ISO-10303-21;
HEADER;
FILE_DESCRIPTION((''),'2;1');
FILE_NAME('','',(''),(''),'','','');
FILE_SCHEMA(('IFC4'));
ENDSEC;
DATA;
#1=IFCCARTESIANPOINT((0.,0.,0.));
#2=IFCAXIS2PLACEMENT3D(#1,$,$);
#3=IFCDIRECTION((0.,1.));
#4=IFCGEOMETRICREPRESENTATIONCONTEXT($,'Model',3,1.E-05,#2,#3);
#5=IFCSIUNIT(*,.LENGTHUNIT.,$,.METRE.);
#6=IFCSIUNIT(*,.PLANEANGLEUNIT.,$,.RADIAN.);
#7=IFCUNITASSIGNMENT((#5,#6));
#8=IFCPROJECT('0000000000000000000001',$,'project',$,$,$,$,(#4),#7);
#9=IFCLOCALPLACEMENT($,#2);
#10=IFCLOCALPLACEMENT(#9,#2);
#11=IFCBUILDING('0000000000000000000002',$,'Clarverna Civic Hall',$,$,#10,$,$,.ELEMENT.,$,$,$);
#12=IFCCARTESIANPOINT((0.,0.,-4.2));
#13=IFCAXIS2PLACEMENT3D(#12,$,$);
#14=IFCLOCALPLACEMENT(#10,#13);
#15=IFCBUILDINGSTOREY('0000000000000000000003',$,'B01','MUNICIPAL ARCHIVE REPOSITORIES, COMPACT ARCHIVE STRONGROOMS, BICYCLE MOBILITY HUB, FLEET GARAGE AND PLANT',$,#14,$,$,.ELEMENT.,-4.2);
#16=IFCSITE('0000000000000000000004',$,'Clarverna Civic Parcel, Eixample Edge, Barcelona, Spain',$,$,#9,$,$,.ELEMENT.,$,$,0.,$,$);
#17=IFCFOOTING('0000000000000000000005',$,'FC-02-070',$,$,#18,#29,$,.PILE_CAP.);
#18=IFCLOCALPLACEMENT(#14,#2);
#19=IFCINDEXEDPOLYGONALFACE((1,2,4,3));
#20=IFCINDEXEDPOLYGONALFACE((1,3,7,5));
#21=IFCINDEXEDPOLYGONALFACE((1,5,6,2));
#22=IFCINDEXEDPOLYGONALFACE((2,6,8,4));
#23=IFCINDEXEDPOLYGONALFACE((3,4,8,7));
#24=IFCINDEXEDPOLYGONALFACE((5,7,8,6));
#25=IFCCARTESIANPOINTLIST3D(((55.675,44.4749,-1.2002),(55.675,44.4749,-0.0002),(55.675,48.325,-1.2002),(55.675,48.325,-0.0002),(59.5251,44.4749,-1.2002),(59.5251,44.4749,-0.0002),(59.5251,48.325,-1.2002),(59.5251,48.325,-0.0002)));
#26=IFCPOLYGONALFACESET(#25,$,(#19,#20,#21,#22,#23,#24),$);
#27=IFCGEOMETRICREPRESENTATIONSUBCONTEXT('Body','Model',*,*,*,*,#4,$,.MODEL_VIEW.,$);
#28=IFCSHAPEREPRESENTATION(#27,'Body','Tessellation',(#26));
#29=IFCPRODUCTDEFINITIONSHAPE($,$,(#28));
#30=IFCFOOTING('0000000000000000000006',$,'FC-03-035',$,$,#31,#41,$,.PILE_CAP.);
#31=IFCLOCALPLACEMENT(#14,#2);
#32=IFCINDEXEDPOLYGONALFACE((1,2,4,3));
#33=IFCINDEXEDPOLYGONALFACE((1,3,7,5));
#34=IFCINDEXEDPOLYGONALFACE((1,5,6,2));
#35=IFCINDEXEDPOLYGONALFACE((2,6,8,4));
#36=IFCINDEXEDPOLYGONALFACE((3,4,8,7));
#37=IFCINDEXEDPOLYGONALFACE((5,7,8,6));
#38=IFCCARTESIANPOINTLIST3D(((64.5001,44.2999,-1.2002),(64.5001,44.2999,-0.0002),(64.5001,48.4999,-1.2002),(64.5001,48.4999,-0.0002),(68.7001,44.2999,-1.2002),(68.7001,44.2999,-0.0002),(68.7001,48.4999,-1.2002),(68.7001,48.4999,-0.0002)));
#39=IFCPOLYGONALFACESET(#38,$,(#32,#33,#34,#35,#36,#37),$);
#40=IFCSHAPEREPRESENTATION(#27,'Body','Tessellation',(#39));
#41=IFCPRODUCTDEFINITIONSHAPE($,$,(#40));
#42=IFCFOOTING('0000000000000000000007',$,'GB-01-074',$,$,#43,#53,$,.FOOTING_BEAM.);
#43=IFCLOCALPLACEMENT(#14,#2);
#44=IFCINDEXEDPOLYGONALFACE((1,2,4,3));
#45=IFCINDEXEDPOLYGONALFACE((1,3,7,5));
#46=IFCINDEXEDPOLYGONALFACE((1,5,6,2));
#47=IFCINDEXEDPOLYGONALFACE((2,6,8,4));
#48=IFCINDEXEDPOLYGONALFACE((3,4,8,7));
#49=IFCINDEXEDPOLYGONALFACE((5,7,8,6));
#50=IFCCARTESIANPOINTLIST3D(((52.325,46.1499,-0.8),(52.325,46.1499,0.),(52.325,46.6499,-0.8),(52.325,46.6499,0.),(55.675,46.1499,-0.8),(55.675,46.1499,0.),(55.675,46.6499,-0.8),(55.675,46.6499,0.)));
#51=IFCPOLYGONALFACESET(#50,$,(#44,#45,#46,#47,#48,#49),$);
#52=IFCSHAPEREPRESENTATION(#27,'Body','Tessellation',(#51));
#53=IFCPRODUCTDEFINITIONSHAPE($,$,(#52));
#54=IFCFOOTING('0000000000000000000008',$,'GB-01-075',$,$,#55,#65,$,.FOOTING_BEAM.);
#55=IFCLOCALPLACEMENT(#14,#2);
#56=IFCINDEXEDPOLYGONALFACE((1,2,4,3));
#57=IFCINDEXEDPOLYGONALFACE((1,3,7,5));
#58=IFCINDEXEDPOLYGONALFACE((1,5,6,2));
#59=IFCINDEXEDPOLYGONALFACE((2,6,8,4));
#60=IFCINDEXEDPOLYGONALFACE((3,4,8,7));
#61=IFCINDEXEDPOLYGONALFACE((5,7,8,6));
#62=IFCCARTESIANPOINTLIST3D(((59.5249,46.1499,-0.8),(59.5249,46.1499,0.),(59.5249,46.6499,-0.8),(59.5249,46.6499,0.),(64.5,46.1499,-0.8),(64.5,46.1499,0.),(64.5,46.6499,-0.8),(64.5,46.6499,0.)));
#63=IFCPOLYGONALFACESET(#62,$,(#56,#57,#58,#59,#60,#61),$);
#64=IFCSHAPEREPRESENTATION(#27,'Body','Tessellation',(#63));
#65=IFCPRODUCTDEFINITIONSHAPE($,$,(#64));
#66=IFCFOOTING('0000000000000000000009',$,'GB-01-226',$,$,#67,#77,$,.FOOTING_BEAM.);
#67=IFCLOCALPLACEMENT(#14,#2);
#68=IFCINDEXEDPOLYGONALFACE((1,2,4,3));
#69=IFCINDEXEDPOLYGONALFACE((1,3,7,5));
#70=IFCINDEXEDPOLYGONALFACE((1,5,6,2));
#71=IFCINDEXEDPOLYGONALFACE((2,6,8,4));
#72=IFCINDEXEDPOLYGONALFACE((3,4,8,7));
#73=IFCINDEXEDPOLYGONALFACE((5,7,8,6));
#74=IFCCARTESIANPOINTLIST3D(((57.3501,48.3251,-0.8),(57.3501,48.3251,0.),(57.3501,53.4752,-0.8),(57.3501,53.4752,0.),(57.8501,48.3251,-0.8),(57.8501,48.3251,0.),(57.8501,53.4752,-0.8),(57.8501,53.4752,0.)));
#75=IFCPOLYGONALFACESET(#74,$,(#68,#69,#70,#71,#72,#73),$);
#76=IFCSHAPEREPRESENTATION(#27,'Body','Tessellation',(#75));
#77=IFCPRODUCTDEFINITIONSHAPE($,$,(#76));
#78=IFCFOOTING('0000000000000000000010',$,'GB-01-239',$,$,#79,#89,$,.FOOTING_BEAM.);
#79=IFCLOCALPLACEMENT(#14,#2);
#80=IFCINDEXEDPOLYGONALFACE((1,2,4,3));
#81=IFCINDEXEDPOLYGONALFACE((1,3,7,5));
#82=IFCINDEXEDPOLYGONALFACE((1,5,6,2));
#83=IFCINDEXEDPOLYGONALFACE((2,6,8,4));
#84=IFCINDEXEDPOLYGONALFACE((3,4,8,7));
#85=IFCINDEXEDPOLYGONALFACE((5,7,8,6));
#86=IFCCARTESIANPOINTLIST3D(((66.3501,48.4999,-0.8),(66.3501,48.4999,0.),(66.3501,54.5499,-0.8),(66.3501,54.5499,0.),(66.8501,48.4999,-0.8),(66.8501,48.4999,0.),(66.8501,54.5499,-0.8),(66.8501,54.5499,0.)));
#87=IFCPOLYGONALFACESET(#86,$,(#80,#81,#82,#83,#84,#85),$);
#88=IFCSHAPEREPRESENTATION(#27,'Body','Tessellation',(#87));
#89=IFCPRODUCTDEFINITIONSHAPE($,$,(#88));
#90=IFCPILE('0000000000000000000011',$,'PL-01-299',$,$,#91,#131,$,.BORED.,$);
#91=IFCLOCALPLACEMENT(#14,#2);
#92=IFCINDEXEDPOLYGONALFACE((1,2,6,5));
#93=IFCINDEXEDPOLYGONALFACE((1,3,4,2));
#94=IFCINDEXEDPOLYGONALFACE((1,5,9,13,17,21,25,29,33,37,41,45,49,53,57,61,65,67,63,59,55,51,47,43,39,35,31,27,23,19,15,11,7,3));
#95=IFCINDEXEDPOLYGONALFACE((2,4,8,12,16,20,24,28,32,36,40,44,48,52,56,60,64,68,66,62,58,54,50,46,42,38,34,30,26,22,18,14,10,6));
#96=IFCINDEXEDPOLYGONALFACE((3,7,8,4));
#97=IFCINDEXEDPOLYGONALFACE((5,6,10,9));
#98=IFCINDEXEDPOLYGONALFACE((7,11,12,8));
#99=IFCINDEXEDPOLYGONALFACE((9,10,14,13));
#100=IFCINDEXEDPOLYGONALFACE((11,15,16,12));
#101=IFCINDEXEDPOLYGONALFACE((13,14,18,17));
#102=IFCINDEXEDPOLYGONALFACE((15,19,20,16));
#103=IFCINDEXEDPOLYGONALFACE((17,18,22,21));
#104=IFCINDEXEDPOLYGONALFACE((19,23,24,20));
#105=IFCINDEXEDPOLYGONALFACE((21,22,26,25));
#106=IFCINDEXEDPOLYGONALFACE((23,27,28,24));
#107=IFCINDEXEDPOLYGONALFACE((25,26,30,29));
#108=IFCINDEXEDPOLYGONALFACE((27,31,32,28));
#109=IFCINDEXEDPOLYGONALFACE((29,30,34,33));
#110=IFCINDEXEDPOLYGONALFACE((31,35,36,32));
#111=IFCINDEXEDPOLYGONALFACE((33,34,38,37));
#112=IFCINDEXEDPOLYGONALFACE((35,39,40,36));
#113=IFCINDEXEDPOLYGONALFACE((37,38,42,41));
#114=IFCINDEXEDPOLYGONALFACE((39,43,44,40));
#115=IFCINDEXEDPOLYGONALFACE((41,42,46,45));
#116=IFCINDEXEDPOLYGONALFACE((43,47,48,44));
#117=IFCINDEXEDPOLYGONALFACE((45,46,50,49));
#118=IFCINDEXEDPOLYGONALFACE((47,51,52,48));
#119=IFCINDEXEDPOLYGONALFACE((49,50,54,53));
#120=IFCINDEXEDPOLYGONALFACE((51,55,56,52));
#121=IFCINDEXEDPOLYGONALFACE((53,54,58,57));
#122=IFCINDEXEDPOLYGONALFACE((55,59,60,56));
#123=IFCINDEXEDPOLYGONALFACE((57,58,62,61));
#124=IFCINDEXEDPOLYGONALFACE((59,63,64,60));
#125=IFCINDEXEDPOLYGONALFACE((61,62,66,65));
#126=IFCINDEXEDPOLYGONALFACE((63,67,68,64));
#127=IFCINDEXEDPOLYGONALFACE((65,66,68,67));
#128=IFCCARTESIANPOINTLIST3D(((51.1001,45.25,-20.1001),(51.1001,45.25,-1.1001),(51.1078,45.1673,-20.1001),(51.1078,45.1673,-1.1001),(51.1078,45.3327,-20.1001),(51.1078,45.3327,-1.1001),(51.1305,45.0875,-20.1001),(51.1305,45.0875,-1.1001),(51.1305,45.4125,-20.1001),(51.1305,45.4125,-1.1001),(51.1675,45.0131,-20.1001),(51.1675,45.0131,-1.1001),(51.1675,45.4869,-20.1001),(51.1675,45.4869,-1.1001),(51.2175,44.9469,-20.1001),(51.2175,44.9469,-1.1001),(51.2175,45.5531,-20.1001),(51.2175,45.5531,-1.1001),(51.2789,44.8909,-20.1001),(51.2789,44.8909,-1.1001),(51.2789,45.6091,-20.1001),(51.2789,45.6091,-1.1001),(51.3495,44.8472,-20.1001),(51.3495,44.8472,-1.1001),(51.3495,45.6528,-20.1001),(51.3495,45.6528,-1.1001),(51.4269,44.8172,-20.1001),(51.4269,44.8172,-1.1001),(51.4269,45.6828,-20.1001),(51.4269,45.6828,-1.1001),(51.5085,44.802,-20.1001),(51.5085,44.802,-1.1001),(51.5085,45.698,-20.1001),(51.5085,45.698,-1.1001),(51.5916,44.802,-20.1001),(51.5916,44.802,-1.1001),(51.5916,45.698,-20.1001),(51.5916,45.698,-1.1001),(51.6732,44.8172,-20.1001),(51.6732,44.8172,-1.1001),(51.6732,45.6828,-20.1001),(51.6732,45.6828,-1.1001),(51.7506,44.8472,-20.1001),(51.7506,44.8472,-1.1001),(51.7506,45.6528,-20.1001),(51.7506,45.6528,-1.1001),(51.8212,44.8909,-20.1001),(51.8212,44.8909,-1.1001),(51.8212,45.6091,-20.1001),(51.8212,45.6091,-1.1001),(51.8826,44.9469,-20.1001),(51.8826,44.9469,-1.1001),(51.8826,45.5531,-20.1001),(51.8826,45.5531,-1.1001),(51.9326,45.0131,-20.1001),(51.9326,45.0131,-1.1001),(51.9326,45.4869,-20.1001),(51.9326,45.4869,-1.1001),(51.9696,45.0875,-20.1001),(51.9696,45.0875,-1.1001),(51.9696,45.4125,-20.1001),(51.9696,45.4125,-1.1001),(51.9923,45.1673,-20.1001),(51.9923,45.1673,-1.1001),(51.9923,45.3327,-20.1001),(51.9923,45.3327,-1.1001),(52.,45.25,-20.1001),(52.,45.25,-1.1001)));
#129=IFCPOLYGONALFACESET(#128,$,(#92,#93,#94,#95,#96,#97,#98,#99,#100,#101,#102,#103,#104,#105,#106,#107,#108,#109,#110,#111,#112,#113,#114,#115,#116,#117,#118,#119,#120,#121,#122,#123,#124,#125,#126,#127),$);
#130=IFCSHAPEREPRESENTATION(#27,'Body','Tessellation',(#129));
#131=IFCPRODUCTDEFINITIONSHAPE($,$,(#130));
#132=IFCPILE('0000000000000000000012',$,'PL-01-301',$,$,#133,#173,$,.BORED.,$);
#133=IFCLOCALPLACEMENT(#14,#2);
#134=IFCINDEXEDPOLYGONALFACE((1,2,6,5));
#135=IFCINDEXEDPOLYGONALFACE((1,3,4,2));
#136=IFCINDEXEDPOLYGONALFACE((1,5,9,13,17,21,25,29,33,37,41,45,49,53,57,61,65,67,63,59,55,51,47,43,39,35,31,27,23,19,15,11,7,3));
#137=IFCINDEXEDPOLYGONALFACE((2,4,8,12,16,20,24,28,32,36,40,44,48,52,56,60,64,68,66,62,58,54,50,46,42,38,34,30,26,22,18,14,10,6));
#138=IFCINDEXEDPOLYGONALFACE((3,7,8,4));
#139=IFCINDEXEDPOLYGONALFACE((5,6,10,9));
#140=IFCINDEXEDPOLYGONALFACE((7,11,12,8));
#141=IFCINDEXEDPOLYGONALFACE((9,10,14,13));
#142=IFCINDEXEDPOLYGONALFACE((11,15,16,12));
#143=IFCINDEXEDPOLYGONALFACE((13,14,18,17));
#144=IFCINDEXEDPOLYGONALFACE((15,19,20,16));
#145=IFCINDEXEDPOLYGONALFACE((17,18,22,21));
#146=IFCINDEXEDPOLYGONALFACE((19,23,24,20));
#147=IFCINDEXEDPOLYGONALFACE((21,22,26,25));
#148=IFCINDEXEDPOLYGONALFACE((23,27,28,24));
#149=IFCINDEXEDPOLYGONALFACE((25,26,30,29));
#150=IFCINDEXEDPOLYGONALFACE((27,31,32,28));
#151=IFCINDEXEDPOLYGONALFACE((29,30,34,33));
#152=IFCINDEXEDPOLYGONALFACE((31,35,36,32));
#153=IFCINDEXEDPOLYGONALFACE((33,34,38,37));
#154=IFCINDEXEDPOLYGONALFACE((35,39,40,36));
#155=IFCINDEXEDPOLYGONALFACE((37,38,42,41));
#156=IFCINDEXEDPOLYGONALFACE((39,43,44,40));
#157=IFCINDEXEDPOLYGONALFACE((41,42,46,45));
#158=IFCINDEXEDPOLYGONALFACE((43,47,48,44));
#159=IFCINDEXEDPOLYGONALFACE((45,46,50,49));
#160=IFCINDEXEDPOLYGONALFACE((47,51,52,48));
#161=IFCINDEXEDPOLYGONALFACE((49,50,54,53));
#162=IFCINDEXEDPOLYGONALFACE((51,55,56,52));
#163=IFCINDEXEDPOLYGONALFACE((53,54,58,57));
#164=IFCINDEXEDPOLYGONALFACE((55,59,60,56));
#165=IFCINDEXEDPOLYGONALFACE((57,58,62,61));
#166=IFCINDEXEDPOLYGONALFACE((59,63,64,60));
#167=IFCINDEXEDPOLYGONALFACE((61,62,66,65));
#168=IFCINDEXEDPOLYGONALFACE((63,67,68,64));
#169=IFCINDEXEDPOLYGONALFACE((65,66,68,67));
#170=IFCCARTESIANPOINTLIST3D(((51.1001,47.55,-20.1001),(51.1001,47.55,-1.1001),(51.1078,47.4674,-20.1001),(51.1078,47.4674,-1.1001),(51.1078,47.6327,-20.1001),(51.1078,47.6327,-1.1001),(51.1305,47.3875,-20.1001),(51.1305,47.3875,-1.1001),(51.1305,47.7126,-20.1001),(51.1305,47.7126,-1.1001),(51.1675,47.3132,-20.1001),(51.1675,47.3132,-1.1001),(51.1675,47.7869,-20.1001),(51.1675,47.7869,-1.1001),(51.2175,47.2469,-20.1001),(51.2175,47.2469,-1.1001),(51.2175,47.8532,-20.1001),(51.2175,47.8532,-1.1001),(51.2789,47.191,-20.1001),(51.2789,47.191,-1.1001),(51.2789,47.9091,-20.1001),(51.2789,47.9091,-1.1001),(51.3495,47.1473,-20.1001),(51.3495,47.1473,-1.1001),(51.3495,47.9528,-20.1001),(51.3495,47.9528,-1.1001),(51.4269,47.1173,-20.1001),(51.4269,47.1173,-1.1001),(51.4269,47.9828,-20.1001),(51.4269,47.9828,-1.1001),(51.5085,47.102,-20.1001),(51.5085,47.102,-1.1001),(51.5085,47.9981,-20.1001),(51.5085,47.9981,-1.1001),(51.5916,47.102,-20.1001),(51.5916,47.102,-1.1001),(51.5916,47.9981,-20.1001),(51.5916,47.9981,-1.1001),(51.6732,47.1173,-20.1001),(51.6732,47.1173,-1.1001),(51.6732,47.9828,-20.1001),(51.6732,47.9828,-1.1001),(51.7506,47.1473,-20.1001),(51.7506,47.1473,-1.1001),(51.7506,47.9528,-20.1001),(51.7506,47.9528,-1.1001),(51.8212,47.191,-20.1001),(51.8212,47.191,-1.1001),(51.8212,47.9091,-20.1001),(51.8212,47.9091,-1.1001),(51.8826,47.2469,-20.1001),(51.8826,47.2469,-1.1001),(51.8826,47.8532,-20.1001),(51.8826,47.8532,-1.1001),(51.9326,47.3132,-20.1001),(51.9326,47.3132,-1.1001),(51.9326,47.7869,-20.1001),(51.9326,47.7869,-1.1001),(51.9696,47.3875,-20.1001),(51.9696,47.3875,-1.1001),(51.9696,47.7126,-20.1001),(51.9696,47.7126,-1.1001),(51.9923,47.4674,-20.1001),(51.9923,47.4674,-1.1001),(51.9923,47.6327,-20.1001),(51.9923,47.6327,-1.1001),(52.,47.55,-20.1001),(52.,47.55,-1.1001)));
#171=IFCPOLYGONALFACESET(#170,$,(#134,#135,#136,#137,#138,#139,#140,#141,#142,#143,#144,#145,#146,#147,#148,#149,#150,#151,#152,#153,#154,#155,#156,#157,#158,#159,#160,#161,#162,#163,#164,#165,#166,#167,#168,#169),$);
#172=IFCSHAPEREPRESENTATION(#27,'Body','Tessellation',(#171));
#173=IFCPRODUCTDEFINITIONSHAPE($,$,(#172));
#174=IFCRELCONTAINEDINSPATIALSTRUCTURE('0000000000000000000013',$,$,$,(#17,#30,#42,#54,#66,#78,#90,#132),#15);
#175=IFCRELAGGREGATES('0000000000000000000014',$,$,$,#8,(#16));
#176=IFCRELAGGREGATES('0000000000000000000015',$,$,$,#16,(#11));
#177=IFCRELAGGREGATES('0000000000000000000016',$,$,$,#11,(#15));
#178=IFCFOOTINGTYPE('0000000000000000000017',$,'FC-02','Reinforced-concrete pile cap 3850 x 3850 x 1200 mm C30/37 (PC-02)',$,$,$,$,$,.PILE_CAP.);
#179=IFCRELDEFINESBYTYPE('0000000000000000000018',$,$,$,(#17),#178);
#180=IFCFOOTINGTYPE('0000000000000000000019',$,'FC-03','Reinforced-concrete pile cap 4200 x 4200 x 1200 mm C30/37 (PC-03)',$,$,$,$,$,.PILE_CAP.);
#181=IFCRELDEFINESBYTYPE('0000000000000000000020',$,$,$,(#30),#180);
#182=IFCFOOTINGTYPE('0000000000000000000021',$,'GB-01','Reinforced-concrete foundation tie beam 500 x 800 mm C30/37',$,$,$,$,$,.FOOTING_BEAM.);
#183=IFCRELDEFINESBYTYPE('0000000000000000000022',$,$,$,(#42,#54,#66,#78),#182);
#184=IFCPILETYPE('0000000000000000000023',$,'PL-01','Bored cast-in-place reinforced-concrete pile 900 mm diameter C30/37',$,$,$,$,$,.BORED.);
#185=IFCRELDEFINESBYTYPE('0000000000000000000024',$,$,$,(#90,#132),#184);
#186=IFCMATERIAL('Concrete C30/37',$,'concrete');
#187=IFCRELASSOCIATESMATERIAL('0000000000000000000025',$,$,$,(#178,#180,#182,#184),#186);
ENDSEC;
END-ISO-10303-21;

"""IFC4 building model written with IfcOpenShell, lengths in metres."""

from ifc_helpers import new_model, si_unit, direction, frame, frame_2d, origin, origin_2d, place, context, subcontext, project, spatial, rectangle, circle, extrude, material, material_profile, profile_set, type_object, element, save


model = new_model("IFC4")

# Units and contexts
model_context = context("Model", 3, precision=1e-05, world=origin(), true_north=direction((0.0, 1.0)))
body_context = subcontext(model_context, "Body", "Model", "MODEL_VIEW")
ifc_project = project(units=[si_unit("LENGTHUNIT", "METRE"), si_unit("PLANEANGLEUNIT", "RADIAN")], contexts=[model_context])

# Site, building, storey
site_placement = place(None, origin())
site = spatial("IfcSite", under=ifc_project, at=site_placement, Name="Clarverna Civic Parcel, Eixample Edge, Barcelona, Spain", CompositionType="ELEMENT", RefElevation=0.0)
building_placement = place(site_placement, origin())
building = spatial("IfcBuilding", under=site, at=building_placement, Name="Clarverna Civic Hall", CompositionType="ELEMENT")
storey_placement = place(building_placement, frame((0.0, 0.0, -4.2)))
storey = spatial("IfcBuildingStorey", under=building, at=storey_placement, Name="B01", Description="MUNICIPAL ARCHIVE REPOSITORIES, COMPACT ARCHIVE STRONGROOMS, BICYCLE MOBILITY HUB, FLEET GARAGE AND PLANT", CompositionType="ELEMENT", Elevation=-4.2)

# Footings
ifc_material_1 = material(Name="Concrete C30/37", Category="concrete")
footing_type_1 = type_object("IfcFootingType", Name="FC-02", Description="Reinforced-concrete pile cap 3850 x 3850 x 1200 mm C30/37 (PC-02)", PredefinedType="PILE_CAP", material=ifc_material_1)
footing_1_placement = place(storey_placement, frame((57.6001, 46.3999, -1.2002), z_axis=(0.0, 0.0, 1.0), x_axis=(1.0, 0.0, 0.0)))
element("IfcFooting", 1, at=footing_1_placement, inside=storey, type_object=footing_type_1, Name="FC-02-070", PredefinedType="PILE_CAP", context=body_context, shape_type="SweptSolid", body=[
    extrude(rectangle(XDim=3.8501, YDim=3.8501, at=origin_2d()), origin(), (0.0, 0.0, 1.0), 1.2),
])
footing_type_2 = type_object("IfcFootingType", Name="FC-03", Description="Reinforced-concrete pile cap 4200 x 4200 x 1200 mm C30/37 (PC-03)", PredefinedType="PILE_CAP", material=ifc_material_1)
footing_2_placement = place(storey_placement, frame((66.6001, 46.3999, -1.2002), z_axis=(0.0, 0.0, 1.0), x_axis=(1.0, 0.0, 0.0)))
element("IfcFooting", 2, at=footing_2_placement, inside=storey, type_object=footing_type_2, Name="FC-03-035", PredefinedType="PILE_CAP", context=body_context, shape_type="SweptSolid", body=[
    extrude(rectangle(XDim=4.2, YDim=4.2, at=origin_2d()), origin(), (0.0, 0.0, 1.0), 1.2),
])
footing_type_3 = type_object("IfcFootingType", Name="GB-01", Description="Reinforced-concrete foundation tie beam 500 x 800 mm C30/37", PredefinedType="FOOTING_BEAM", material=ifc_material_1)
footing_3_placement = place(storey_placement, frame((52.325, 46.3999, -0.8), z_axis=(0.0, 0.0, 1.0), x_axis=(1.0, 0.0, 0.0)))
element("IfcFooting", 3, at=footing_3_placement, inside=storey, type_object=footing_type_3, Name="GB-01-074", PredefinedType="FOOTING_BEAM", context=body_context, shape_type="SweptSolid", body=[
    extrude(rectangle(XDim=3.3501, YDim=0.5, at=frame_2d((1.675, 0.0))), origin(), (0.0, 0.0, 1.0), 0.8),
])
footing_4_placement = place(storey_placement, frame((59.5249, 46.3999, -0.8), z_axis=(0.0, 0.0, 1.0), x_axis=(1.0, 0.0, 0.0)))
element("IfcFooting", 4, at=footing_4_placement, inside=storey, type_object=footing_type_3, Name="GB-01-075", PredefinedType="FOOTING_BEAM", context=body_context, shape_type="SweptSolid", body=[
    extrude(rectangle(XDim=4.9751, YDim=0.5, at=frame_2d((2.4875, 0.0))), origin(), (0.0, 0.0, 1.0), 0.8),
])
footing_5_placement = place(storey_placement, frame((57.6001, 48.325, -0.8), z_axis=(0.0, 0.0, 1.0), x_axis=(0.0, 1.0, 0.0)))
element("IfcFooting", 5, at=footing_5_placement, inside=storey, type_object=footing_type_3, Name="GB-01-226", PredefinedType="FOOTING_BEAM", context=body_context, shape_type="SweptSolid", body=[
    extrude(rectangle(XDim=5.1501, YDim=0.5, at=frame_2d((2.5752, 0.0))), origin(), (0.0, 0.0, 1.0), 0.8),
])
footing_6_placement = place(storey_placement, frame((66.6001, 48.5, -0.8), z_axis=(0.0, 0.0, 1.0), x_axis=(0.0, 1.0, 0.0)))
element("IfcFooting", 6, at=footing_6_placement, inside=storey, type_object=footing_type_3, Name="GB-01-239", PredefinedType="FOOTING_BEAM", context=body_context, shape_type="SweptSolid", body=[
    extrude(rectangle(XDim=6.05, YDim=0.5, at=frame_2d((3.0249, 0.0))), origin(), (0.0, 0.0, 1.0), 0.8),
])

# Piles
ifc_material_profile_1 = material_profile(ifc_material_1, circle(Radius=0.45, at=origin_2d()), Name="BORED PILE D900")
ifc_profile_set_1 = profile_set([ifc_material_profile_1], Name="Concrete C30/37")
pile_type_1 = type_object("IfcPileType", Name="PL-01", Description="Bored cast-in-place reinforced-concrete pile 900 mm diameter C30/37", PredefinedType="BORED", material=ifc_profile_set_1)
for number, where, z_axis, x_axis, name in (
    (7, (51.55, 45.25, -1.1001), (0.0, 0.0, -1.0), (1.0, 0.0, 0.0), "PL-01-299"),
    (8, (51.55, 47.55, -1.1001), (0.0, 0.0, -1.0), (1.0, 0.0, 0.0), "PL-01-301"),
):
    element("IfcPile", number, at=place(storey_placement, frame(where, z_axis=z_axis, x_axis=x_axis)), inside=storey, type_object=pile_type_1, Name=name, PredefinedType="BORED", context=body_context, shape_type="SweptSolid", body=[
        extrude(circle(Radius=0.45, at=origin_2d()), origin(), (0.0, 0.0, 1.0), 19.0),
    ])

save(model, "model.ifc")
